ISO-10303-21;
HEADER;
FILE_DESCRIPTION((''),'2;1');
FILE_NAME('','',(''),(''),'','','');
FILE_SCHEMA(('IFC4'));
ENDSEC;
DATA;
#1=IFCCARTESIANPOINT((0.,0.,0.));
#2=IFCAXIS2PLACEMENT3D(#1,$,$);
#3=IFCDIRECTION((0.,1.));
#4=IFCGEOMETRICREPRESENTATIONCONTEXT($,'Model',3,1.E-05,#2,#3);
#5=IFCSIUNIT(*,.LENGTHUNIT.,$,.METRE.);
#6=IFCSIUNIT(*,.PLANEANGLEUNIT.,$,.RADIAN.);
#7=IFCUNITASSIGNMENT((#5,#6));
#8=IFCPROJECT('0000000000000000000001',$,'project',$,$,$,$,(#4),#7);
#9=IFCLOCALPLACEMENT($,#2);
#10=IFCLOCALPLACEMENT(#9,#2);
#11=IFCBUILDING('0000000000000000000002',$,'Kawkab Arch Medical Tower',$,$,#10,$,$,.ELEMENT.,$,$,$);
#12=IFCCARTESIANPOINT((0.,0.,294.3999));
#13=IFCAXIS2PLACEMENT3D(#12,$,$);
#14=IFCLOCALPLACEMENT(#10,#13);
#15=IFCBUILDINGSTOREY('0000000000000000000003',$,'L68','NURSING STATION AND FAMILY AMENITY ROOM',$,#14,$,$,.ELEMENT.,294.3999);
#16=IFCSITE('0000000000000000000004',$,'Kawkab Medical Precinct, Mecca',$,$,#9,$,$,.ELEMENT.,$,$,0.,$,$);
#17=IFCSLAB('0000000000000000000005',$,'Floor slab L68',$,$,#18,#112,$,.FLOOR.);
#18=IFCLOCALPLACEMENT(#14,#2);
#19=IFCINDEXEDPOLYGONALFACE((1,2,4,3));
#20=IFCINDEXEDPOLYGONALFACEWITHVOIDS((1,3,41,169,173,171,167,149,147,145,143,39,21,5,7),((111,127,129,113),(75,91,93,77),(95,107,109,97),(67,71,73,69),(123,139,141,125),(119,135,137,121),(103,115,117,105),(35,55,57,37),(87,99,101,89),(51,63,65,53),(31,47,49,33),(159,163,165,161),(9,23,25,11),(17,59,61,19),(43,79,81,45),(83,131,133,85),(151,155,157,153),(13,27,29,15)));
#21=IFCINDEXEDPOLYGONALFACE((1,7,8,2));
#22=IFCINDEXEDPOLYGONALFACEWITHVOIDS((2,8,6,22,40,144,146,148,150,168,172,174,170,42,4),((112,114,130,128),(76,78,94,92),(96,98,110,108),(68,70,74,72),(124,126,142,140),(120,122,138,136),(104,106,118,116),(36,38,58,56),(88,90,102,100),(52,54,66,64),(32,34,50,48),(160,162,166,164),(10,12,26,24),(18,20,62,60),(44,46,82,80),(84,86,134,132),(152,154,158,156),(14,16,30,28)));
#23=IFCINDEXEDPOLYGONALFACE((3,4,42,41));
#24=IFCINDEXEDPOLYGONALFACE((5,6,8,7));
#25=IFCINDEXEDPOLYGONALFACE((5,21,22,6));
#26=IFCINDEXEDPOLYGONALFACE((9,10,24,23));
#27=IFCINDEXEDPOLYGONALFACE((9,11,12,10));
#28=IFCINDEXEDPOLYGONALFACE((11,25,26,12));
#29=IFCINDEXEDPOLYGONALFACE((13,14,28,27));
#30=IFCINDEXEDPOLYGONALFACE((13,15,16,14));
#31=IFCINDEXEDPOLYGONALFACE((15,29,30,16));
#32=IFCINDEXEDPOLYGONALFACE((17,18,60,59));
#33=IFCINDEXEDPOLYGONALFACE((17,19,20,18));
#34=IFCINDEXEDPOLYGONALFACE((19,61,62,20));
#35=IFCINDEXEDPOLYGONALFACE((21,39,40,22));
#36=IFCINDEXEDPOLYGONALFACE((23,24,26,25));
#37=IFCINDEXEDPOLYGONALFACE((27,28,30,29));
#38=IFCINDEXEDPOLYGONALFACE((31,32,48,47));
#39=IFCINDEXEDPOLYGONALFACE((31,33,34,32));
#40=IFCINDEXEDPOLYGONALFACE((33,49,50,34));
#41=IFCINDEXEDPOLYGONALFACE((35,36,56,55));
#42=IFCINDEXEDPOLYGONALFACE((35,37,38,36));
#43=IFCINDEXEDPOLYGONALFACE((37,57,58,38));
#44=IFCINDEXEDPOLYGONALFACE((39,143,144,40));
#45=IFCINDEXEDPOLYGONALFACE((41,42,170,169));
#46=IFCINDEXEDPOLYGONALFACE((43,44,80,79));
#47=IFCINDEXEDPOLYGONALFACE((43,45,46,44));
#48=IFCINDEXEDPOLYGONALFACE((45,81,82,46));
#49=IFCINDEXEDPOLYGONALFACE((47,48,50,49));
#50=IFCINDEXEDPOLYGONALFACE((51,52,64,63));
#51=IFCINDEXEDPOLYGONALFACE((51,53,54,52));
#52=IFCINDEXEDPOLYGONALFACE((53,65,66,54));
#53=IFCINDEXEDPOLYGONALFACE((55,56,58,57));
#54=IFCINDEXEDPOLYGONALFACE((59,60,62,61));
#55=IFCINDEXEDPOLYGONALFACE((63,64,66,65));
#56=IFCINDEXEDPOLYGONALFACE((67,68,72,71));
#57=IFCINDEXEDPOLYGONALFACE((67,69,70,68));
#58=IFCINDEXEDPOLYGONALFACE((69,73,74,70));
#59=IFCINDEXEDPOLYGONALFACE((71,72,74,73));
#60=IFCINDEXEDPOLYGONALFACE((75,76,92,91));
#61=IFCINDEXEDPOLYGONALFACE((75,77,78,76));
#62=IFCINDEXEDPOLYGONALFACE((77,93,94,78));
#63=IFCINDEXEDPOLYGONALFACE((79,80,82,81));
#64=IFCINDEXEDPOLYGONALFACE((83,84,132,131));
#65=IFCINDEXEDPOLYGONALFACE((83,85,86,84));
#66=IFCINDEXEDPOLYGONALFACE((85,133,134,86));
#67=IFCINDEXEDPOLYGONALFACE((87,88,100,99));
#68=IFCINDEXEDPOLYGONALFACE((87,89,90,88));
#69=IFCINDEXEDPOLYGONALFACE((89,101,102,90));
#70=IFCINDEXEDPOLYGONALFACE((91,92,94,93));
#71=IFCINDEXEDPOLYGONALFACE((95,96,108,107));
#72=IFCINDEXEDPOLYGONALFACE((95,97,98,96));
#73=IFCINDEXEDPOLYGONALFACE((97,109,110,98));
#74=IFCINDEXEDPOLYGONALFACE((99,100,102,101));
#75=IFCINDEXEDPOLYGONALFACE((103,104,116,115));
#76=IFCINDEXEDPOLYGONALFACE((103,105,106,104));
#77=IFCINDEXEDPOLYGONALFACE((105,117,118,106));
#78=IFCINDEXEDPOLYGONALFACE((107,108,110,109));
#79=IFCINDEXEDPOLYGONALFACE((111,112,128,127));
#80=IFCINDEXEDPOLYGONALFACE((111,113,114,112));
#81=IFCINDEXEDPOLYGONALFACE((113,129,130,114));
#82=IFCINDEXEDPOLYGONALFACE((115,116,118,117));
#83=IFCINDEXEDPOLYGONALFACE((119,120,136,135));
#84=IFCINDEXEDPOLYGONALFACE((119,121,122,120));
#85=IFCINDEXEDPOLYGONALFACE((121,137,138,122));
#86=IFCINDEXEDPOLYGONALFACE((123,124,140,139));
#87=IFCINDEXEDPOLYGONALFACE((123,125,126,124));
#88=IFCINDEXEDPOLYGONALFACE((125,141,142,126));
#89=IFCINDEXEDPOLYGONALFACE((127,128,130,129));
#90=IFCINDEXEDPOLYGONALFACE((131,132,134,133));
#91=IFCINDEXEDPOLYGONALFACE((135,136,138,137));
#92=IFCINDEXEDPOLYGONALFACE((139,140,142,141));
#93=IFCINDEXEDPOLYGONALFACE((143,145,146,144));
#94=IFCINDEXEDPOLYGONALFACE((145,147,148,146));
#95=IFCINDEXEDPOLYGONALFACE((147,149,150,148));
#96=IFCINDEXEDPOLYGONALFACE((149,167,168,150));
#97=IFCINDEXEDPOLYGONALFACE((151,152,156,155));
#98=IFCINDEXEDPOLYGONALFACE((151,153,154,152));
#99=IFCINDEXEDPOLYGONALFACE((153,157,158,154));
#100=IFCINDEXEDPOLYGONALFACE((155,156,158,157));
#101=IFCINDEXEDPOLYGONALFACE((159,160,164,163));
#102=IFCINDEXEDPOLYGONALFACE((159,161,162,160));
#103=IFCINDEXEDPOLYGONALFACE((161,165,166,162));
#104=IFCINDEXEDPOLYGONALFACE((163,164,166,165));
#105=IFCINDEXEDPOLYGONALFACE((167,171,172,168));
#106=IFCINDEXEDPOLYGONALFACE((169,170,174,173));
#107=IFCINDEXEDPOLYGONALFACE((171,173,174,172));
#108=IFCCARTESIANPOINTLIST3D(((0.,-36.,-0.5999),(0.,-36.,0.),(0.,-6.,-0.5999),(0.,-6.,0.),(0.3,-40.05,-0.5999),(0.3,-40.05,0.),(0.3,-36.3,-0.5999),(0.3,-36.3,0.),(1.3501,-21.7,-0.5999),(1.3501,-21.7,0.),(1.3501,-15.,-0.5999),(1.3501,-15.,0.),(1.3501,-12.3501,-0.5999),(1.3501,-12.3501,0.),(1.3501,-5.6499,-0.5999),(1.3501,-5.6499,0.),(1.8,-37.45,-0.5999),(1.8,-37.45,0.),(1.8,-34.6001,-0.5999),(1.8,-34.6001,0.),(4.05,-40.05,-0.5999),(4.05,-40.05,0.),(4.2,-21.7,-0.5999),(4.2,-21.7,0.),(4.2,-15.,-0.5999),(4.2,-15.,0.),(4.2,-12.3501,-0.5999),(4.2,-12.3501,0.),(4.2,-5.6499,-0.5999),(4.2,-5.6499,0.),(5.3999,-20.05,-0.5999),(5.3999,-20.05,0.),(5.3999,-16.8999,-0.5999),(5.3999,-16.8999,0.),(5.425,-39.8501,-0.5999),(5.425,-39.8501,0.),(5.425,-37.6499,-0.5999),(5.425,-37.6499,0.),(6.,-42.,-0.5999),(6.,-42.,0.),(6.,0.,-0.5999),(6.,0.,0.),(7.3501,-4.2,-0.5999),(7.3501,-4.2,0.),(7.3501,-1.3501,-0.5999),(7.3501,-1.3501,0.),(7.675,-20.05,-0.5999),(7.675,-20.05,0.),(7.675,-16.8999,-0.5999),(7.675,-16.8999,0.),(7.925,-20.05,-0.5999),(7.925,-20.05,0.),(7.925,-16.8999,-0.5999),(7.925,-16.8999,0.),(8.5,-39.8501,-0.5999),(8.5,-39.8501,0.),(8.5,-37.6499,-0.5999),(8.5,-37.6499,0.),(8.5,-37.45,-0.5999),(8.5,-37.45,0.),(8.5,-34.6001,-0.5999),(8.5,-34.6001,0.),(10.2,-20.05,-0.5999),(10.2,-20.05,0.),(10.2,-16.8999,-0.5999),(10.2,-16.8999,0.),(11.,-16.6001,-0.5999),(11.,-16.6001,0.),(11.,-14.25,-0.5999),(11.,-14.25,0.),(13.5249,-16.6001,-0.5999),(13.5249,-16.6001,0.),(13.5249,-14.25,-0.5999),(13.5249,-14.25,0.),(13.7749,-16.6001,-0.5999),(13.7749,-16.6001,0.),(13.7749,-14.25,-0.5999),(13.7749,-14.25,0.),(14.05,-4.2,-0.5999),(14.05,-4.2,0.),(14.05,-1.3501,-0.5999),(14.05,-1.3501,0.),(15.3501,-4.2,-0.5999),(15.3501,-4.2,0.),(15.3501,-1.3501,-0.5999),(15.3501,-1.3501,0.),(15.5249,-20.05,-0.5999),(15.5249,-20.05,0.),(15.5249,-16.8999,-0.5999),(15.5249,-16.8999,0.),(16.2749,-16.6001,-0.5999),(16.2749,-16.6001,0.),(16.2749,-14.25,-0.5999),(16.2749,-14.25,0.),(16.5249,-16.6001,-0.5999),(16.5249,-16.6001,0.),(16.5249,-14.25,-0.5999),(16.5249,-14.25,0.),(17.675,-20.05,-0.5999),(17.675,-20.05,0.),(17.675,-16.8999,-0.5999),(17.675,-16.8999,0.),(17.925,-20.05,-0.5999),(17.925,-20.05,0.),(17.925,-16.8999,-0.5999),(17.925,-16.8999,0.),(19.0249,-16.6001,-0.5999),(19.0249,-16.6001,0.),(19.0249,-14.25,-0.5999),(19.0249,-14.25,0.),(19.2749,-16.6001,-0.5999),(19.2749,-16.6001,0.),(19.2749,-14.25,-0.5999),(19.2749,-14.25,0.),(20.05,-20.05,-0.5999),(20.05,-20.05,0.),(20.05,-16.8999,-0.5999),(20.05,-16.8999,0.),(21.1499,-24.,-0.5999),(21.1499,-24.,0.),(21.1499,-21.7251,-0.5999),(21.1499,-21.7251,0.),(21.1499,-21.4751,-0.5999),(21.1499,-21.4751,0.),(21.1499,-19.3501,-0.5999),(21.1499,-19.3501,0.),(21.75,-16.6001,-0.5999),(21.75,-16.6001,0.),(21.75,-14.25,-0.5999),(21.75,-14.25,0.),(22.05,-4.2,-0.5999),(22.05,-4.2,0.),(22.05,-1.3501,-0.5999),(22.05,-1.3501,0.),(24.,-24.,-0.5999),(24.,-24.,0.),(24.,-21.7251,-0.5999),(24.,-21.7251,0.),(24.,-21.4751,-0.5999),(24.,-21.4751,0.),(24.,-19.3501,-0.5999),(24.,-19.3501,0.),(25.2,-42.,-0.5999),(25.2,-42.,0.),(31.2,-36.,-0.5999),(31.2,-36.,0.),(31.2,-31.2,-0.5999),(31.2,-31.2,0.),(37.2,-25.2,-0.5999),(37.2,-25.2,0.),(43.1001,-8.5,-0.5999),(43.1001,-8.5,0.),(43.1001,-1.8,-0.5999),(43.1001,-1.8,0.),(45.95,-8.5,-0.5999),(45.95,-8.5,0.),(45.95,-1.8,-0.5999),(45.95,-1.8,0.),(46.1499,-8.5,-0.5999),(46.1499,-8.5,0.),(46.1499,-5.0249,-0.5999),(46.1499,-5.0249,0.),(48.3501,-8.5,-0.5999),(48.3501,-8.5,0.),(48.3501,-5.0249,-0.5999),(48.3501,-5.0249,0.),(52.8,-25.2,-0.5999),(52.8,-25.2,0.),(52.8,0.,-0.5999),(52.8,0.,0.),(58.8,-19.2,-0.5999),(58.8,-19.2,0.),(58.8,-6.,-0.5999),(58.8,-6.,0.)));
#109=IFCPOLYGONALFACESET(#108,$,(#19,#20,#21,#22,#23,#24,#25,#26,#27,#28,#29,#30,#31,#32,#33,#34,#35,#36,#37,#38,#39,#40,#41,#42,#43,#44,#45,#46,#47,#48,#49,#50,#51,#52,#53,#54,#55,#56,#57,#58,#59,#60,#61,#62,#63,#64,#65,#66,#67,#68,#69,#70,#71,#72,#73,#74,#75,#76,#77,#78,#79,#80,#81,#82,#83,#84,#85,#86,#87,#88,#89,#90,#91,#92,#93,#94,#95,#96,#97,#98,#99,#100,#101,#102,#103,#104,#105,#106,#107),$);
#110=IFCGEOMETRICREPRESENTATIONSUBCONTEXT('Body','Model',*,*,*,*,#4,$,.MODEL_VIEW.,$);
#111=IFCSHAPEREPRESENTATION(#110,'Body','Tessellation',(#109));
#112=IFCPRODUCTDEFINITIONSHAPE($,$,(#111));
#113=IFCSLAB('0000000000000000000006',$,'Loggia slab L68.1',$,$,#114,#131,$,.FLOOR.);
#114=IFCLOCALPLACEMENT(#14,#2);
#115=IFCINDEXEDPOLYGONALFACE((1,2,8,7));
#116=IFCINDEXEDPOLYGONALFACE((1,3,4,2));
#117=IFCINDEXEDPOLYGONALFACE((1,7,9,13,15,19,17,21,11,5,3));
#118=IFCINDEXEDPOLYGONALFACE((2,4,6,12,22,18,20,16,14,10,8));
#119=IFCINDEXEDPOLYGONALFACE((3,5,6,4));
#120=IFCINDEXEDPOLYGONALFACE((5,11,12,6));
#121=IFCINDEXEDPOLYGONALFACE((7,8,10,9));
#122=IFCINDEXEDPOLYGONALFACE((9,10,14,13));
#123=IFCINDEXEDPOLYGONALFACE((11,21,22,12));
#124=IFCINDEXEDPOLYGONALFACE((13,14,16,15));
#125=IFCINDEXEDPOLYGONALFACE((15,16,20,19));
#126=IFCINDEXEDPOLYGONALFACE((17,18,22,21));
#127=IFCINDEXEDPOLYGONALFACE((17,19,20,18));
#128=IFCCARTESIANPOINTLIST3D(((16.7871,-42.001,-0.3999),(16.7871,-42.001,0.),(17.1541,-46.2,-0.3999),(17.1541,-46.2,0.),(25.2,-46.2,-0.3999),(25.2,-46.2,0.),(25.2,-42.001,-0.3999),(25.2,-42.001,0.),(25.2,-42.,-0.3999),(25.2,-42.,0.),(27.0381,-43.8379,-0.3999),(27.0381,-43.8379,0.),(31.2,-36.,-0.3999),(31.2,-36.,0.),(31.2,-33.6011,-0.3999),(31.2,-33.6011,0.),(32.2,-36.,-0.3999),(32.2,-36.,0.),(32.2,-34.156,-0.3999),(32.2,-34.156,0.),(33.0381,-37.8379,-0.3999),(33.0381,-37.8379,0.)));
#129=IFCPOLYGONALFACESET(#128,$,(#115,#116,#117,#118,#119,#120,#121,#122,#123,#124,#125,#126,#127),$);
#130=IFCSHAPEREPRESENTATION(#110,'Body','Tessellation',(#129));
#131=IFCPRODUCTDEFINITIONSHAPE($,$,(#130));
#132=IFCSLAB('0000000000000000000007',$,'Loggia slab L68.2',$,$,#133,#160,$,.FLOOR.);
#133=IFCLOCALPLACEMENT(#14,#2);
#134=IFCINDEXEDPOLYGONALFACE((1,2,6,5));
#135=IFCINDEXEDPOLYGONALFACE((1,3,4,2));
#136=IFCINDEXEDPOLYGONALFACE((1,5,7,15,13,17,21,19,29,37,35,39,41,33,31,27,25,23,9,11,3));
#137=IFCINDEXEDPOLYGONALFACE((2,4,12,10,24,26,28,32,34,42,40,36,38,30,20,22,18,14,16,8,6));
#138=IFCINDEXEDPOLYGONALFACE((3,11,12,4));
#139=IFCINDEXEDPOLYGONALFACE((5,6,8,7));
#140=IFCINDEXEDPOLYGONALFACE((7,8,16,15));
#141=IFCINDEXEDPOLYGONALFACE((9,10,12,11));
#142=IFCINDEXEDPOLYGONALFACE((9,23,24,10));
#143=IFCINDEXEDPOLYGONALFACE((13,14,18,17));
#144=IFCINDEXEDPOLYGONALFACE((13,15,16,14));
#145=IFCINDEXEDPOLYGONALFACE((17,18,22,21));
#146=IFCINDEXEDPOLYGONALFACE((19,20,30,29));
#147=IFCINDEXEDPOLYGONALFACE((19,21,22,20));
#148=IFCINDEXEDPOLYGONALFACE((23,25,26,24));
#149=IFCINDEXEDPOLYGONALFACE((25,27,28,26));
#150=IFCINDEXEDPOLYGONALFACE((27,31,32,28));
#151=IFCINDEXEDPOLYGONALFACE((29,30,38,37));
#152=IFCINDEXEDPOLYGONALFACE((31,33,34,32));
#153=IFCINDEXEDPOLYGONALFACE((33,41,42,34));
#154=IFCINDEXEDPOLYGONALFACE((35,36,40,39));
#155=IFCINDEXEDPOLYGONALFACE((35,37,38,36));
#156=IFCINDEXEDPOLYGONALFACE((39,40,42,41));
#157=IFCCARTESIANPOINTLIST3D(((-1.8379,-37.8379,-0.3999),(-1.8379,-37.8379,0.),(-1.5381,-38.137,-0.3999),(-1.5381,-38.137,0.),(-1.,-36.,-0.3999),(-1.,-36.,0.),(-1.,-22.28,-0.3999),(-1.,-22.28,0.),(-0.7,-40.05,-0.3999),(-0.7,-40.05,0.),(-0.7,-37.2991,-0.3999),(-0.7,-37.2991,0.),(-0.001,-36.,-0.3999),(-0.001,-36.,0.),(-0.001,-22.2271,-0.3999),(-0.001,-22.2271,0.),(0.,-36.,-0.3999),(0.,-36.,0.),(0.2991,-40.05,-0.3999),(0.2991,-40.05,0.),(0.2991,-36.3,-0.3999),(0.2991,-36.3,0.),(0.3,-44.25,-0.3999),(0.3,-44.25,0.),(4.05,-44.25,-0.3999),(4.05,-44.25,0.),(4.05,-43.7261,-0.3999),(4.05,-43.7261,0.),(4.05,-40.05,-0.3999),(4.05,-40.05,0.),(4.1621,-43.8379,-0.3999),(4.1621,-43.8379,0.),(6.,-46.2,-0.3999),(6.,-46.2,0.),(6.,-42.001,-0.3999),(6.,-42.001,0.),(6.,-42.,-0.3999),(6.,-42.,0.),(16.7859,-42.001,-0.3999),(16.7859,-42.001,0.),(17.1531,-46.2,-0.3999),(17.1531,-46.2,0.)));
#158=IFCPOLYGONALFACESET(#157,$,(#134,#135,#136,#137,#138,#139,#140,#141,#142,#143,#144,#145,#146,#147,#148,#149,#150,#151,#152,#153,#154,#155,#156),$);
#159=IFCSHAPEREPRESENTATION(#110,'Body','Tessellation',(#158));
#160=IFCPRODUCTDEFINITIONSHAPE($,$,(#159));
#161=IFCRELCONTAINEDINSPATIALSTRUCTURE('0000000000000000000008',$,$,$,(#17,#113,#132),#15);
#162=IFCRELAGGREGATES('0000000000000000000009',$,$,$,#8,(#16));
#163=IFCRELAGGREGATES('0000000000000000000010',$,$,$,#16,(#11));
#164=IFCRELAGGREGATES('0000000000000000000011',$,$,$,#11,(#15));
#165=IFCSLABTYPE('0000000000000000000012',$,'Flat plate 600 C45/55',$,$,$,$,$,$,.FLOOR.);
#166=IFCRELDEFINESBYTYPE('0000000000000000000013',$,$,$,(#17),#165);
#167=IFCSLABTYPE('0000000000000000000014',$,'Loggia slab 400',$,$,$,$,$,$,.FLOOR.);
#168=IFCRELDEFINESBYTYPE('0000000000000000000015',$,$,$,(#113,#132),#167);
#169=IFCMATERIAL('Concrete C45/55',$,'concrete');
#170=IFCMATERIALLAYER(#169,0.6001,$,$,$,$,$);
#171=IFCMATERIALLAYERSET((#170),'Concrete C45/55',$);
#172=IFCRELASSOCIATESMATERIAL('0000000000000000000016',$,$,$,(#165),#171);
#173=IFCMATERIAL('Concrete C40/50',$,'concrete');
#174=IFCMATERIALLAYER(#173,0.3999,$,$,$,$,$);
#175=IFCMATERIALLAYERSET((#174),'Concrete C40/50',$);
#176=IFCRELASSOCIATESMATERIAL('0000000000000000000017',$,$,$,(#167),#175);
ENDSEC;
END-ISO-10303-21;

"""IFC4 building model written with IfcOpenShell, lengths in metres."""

from ifc_helpers import new_model, si_unit, direction, frame, origin, place, context, subcontext, project, spatial, polyline, outline, extrude, material, layer, layer_set, type_object, element, save


model = new_model("IFC4")

# Units and contexts
model_context = context("Model", 3, precision=1e-05, world=origin(), true_north=direction((0.0, 1.0)))
body_context = subcontext(model_context, "Body", "Model", "MODEL_VIEW")
ifc_project = project(units=[si_unit("LENGTHUNIT", "METRE"), si_unit("PLANEANGLEUNIT", "RADIAN")], contexts=[model_context])

# Site, building, storey
site_placement = place(None, origin())
site = spatial("IfcSite", under=ifc_project, at=site_placement, Name="Kawkab Medical Precinct, Mecca", CompositionType="ELEMENT", RefElevation=0.0)
building_placement = place(site_placement, origin())
building = spatial("IfcBuilding", under=site, at=building_placement, Name="Kawkab Arch Medical Tower", CompositionType="ELEMENT")
storey_placement = place(building_placement, frame((0.0, 0.0, 294.3999)))
storey = spatial("IfcBuildingStorey", under=building, at=storey_placement, Name="L68", Description="NURSING STATION AND FAMILY AMENITY ROOM", CompositionType="ELEMENT", Elevation=294.3999)

# Slabs
ifc_material_1 = material(Name="Concrete C45/55", Category="concrete")
ifc_layer_1 = layer(ifc_material_1, 0.6001)
ifc_layer_set_1 = layer_set([ifc_layer_1], Name="Concrete C45/55")
slab_type_1 = type_object("IfcSlabType", Name="Flat plate 600 C45/55", PredefinedType="FLOOR", material=ifc_layer_set_1)
slab_1_placement = place(storey_placement, frame((0.0, 0.0, -0.5999)))
element("IfcSlab", 1, at=slab_1_placement, inside=storey, type_object=slab_type_1, Name="Floor slab L68", PredefinedType="FLOOR", context=body_context, shape_type="SweptSolid", body=[
    extrude(outline(polyline([(52.8, 0.0), (58.8, -6.0), (58.8, -19.2), (52.8, -25.2), (37.2, -25.2), (31.2, -31.2), (31.2, -36.0), (25.2, -42.0), (6.0, -42.0), (4.05, -40.05), (0.3, -40.05), (0.3, -36.3), (0.0, -36.0), (0.0, -6.0), (6.0, 0.0), (52.8, 0.0)]), holes=[polyline([(5.425, -37.6499), (5.425, -39.8501), (8.5, -39.8501), (8.5, -37.6499), (5.425, -37.6499)]), polyline([(8.5, -37.45), (8.5, -34.6001), (1.8, -34.6001), (1.8, -37.45), (8.5, -37.45)]), polyline([(5.3999, -20.05), (7.675, -20.05), (7.675, -16.8999), (5.3999, -16.8999), (5.3999, -20.05)]), polyline([(10.2, -16.8999), (7.925, -16.8999), (7.925, -20.05), (10.2, -20.05), (10.2, -16.8999)]), polyline([(4.2, -15.0), (1.3501, -15.0), (1.3501, -21.7), (4.2, -21.7), (4.2, -15.0)]), polyline([(13.5249, -14.25), (11.0, -14.25), (11.0, -16.6001), (13.5249, -16.6001), (13.5249, -14.25)]), polyline([(16.2749, -16.6001), (16.2749, -14.25), (13.7749, -14.25), (13.7749, -16.6001), (16.2749, -16.6001)]), polyline([(4.2, -12.3501), (4.2, -5.6499), (1.3501, -5.6499), (1.3501, -12.3501), (4.2, -12.3501)]), polyline([(7.3501, -4.2), (14.05, -4.2), (14.05, -1.3501), (7.3501, -1.3501), (7.3501, -4.2)]), polyline([(24.0, -21.7251), (21.1499, -21.7251), (21.1499, -24.0), (24.0, -24.0), (24.0, -21.7251)]), polyline([(24.0, -19.3501), (21.1499, -19.3501), (21.1499, -21.4751), (24.0, -21.4751), (24.0, -19.3501)]), polyline([(17.675, -16.8999), (15.5249, -16.8999), (15.5249, -20.05), (17.675, -20.05), (17.675, -16.8999)]), polyline([(20.05, -16.8999), (17.925, -16.8999), (17.925, -20.05), (20.05, -20.05), (20.05, -16.8999)]), polyline([(19.0249, -16.6001), (19.0249, -14.25), (16.5249, -14.25), (16.5249, -16.6001), (19.0249, -16.6001)]), polyline([(21.75, -14.25), (19.2749, -14.25), (19.2749, -16.6001), (21.75, -16.6001), (21.75, -14.25)]), polyline([(46.1499, -8.5), (48.3501, -8.5), (48.3501, -5.0249), (46.1499, -5.0249), (46.1499, -8.5)]), polyline([(43.1001, -1.8), (43.1001, -8.5), (45.95, -8.5), (45.95, -1.8), (43.1001, -1.8)]), polyline([(22.05, -1.3501), (15.3501, -1.3501), (15.3501, -4.2), (22.05, -4.2), (22.05, -1.3501)])]), origin(), (0.0, 0.0, 1.0), 0.5999),
])
ifc_material_2 = material(Name="Concrete C40/50", Category="concrete")
ifc_layer_2 = layer(ifc_material_2, 0.3999)
ifc_layer_set_2 = layer_set([ifc_layer_2], Name="Concrete C40/50")
slab_type_2 = type_object("IfcSlabType", Name="Loggia slab 400", PredefinedType="FLOOR", material=ifc_layer_set_2)
placement_1 = place(storey_placement, frame((0.0, 0.0, -0.3999)))
element("IfcSlab", 2, at=placement_1, inside=storey, type_object=slab_type_2, Name="Loggia slab L68.1", PredefinedType="FLOOR", context=body_context, shape_type="SweptSolid", body=[
    extrude(outline(polyline([(33.0381, -37.8379), (27.0381, -43.8379), (25.2, -46.2), (17.1541, -46.2), (16.7871, -42.001), (25.2, -42.001), (25.2, -42.0), (31.2, -36.0), (31.2, -33.6011), (32.2, -34.156), (32.2, -36.0), (33.0381, -37.8379)])), origin(), (0.0, 0.0, 1.0), 0.3999),
])
element("IfcSlab", 3, at=placement_1, inside=storey, type_object=slab_type_2, Name="Loggia slab L68.2", PredefinedType="FLOOR", context=body_context, shape_type="SweptSolid", body=[
    extrude(outline(polyline([(4.05, -44.25), (0.3, -44.25), (-0.7, -40.05), (-0.7, -37.2991), (-1.5381, -38.137), (-1.8379, -37.8379), (-1.0, -36.0), (-1.0, -22.28), (-0.001, -22.2271), (-0.001, -36.0), (0.0, -36.0), (0.2991, -36.3), (0.2991, -40.05), (4.05, -40.05), (6.0, -42.0), (6.0, -42.001), (16.7859, -42.001), (17.1531, -46.2), (6.0, -46.2), (4.1621, -43.8379), (4.05, -43.7261), (4.05, -44.25)])), origin(), (0.0, 0.0, 1.0), 0.3999),
])

save(model, "model.ifc")
